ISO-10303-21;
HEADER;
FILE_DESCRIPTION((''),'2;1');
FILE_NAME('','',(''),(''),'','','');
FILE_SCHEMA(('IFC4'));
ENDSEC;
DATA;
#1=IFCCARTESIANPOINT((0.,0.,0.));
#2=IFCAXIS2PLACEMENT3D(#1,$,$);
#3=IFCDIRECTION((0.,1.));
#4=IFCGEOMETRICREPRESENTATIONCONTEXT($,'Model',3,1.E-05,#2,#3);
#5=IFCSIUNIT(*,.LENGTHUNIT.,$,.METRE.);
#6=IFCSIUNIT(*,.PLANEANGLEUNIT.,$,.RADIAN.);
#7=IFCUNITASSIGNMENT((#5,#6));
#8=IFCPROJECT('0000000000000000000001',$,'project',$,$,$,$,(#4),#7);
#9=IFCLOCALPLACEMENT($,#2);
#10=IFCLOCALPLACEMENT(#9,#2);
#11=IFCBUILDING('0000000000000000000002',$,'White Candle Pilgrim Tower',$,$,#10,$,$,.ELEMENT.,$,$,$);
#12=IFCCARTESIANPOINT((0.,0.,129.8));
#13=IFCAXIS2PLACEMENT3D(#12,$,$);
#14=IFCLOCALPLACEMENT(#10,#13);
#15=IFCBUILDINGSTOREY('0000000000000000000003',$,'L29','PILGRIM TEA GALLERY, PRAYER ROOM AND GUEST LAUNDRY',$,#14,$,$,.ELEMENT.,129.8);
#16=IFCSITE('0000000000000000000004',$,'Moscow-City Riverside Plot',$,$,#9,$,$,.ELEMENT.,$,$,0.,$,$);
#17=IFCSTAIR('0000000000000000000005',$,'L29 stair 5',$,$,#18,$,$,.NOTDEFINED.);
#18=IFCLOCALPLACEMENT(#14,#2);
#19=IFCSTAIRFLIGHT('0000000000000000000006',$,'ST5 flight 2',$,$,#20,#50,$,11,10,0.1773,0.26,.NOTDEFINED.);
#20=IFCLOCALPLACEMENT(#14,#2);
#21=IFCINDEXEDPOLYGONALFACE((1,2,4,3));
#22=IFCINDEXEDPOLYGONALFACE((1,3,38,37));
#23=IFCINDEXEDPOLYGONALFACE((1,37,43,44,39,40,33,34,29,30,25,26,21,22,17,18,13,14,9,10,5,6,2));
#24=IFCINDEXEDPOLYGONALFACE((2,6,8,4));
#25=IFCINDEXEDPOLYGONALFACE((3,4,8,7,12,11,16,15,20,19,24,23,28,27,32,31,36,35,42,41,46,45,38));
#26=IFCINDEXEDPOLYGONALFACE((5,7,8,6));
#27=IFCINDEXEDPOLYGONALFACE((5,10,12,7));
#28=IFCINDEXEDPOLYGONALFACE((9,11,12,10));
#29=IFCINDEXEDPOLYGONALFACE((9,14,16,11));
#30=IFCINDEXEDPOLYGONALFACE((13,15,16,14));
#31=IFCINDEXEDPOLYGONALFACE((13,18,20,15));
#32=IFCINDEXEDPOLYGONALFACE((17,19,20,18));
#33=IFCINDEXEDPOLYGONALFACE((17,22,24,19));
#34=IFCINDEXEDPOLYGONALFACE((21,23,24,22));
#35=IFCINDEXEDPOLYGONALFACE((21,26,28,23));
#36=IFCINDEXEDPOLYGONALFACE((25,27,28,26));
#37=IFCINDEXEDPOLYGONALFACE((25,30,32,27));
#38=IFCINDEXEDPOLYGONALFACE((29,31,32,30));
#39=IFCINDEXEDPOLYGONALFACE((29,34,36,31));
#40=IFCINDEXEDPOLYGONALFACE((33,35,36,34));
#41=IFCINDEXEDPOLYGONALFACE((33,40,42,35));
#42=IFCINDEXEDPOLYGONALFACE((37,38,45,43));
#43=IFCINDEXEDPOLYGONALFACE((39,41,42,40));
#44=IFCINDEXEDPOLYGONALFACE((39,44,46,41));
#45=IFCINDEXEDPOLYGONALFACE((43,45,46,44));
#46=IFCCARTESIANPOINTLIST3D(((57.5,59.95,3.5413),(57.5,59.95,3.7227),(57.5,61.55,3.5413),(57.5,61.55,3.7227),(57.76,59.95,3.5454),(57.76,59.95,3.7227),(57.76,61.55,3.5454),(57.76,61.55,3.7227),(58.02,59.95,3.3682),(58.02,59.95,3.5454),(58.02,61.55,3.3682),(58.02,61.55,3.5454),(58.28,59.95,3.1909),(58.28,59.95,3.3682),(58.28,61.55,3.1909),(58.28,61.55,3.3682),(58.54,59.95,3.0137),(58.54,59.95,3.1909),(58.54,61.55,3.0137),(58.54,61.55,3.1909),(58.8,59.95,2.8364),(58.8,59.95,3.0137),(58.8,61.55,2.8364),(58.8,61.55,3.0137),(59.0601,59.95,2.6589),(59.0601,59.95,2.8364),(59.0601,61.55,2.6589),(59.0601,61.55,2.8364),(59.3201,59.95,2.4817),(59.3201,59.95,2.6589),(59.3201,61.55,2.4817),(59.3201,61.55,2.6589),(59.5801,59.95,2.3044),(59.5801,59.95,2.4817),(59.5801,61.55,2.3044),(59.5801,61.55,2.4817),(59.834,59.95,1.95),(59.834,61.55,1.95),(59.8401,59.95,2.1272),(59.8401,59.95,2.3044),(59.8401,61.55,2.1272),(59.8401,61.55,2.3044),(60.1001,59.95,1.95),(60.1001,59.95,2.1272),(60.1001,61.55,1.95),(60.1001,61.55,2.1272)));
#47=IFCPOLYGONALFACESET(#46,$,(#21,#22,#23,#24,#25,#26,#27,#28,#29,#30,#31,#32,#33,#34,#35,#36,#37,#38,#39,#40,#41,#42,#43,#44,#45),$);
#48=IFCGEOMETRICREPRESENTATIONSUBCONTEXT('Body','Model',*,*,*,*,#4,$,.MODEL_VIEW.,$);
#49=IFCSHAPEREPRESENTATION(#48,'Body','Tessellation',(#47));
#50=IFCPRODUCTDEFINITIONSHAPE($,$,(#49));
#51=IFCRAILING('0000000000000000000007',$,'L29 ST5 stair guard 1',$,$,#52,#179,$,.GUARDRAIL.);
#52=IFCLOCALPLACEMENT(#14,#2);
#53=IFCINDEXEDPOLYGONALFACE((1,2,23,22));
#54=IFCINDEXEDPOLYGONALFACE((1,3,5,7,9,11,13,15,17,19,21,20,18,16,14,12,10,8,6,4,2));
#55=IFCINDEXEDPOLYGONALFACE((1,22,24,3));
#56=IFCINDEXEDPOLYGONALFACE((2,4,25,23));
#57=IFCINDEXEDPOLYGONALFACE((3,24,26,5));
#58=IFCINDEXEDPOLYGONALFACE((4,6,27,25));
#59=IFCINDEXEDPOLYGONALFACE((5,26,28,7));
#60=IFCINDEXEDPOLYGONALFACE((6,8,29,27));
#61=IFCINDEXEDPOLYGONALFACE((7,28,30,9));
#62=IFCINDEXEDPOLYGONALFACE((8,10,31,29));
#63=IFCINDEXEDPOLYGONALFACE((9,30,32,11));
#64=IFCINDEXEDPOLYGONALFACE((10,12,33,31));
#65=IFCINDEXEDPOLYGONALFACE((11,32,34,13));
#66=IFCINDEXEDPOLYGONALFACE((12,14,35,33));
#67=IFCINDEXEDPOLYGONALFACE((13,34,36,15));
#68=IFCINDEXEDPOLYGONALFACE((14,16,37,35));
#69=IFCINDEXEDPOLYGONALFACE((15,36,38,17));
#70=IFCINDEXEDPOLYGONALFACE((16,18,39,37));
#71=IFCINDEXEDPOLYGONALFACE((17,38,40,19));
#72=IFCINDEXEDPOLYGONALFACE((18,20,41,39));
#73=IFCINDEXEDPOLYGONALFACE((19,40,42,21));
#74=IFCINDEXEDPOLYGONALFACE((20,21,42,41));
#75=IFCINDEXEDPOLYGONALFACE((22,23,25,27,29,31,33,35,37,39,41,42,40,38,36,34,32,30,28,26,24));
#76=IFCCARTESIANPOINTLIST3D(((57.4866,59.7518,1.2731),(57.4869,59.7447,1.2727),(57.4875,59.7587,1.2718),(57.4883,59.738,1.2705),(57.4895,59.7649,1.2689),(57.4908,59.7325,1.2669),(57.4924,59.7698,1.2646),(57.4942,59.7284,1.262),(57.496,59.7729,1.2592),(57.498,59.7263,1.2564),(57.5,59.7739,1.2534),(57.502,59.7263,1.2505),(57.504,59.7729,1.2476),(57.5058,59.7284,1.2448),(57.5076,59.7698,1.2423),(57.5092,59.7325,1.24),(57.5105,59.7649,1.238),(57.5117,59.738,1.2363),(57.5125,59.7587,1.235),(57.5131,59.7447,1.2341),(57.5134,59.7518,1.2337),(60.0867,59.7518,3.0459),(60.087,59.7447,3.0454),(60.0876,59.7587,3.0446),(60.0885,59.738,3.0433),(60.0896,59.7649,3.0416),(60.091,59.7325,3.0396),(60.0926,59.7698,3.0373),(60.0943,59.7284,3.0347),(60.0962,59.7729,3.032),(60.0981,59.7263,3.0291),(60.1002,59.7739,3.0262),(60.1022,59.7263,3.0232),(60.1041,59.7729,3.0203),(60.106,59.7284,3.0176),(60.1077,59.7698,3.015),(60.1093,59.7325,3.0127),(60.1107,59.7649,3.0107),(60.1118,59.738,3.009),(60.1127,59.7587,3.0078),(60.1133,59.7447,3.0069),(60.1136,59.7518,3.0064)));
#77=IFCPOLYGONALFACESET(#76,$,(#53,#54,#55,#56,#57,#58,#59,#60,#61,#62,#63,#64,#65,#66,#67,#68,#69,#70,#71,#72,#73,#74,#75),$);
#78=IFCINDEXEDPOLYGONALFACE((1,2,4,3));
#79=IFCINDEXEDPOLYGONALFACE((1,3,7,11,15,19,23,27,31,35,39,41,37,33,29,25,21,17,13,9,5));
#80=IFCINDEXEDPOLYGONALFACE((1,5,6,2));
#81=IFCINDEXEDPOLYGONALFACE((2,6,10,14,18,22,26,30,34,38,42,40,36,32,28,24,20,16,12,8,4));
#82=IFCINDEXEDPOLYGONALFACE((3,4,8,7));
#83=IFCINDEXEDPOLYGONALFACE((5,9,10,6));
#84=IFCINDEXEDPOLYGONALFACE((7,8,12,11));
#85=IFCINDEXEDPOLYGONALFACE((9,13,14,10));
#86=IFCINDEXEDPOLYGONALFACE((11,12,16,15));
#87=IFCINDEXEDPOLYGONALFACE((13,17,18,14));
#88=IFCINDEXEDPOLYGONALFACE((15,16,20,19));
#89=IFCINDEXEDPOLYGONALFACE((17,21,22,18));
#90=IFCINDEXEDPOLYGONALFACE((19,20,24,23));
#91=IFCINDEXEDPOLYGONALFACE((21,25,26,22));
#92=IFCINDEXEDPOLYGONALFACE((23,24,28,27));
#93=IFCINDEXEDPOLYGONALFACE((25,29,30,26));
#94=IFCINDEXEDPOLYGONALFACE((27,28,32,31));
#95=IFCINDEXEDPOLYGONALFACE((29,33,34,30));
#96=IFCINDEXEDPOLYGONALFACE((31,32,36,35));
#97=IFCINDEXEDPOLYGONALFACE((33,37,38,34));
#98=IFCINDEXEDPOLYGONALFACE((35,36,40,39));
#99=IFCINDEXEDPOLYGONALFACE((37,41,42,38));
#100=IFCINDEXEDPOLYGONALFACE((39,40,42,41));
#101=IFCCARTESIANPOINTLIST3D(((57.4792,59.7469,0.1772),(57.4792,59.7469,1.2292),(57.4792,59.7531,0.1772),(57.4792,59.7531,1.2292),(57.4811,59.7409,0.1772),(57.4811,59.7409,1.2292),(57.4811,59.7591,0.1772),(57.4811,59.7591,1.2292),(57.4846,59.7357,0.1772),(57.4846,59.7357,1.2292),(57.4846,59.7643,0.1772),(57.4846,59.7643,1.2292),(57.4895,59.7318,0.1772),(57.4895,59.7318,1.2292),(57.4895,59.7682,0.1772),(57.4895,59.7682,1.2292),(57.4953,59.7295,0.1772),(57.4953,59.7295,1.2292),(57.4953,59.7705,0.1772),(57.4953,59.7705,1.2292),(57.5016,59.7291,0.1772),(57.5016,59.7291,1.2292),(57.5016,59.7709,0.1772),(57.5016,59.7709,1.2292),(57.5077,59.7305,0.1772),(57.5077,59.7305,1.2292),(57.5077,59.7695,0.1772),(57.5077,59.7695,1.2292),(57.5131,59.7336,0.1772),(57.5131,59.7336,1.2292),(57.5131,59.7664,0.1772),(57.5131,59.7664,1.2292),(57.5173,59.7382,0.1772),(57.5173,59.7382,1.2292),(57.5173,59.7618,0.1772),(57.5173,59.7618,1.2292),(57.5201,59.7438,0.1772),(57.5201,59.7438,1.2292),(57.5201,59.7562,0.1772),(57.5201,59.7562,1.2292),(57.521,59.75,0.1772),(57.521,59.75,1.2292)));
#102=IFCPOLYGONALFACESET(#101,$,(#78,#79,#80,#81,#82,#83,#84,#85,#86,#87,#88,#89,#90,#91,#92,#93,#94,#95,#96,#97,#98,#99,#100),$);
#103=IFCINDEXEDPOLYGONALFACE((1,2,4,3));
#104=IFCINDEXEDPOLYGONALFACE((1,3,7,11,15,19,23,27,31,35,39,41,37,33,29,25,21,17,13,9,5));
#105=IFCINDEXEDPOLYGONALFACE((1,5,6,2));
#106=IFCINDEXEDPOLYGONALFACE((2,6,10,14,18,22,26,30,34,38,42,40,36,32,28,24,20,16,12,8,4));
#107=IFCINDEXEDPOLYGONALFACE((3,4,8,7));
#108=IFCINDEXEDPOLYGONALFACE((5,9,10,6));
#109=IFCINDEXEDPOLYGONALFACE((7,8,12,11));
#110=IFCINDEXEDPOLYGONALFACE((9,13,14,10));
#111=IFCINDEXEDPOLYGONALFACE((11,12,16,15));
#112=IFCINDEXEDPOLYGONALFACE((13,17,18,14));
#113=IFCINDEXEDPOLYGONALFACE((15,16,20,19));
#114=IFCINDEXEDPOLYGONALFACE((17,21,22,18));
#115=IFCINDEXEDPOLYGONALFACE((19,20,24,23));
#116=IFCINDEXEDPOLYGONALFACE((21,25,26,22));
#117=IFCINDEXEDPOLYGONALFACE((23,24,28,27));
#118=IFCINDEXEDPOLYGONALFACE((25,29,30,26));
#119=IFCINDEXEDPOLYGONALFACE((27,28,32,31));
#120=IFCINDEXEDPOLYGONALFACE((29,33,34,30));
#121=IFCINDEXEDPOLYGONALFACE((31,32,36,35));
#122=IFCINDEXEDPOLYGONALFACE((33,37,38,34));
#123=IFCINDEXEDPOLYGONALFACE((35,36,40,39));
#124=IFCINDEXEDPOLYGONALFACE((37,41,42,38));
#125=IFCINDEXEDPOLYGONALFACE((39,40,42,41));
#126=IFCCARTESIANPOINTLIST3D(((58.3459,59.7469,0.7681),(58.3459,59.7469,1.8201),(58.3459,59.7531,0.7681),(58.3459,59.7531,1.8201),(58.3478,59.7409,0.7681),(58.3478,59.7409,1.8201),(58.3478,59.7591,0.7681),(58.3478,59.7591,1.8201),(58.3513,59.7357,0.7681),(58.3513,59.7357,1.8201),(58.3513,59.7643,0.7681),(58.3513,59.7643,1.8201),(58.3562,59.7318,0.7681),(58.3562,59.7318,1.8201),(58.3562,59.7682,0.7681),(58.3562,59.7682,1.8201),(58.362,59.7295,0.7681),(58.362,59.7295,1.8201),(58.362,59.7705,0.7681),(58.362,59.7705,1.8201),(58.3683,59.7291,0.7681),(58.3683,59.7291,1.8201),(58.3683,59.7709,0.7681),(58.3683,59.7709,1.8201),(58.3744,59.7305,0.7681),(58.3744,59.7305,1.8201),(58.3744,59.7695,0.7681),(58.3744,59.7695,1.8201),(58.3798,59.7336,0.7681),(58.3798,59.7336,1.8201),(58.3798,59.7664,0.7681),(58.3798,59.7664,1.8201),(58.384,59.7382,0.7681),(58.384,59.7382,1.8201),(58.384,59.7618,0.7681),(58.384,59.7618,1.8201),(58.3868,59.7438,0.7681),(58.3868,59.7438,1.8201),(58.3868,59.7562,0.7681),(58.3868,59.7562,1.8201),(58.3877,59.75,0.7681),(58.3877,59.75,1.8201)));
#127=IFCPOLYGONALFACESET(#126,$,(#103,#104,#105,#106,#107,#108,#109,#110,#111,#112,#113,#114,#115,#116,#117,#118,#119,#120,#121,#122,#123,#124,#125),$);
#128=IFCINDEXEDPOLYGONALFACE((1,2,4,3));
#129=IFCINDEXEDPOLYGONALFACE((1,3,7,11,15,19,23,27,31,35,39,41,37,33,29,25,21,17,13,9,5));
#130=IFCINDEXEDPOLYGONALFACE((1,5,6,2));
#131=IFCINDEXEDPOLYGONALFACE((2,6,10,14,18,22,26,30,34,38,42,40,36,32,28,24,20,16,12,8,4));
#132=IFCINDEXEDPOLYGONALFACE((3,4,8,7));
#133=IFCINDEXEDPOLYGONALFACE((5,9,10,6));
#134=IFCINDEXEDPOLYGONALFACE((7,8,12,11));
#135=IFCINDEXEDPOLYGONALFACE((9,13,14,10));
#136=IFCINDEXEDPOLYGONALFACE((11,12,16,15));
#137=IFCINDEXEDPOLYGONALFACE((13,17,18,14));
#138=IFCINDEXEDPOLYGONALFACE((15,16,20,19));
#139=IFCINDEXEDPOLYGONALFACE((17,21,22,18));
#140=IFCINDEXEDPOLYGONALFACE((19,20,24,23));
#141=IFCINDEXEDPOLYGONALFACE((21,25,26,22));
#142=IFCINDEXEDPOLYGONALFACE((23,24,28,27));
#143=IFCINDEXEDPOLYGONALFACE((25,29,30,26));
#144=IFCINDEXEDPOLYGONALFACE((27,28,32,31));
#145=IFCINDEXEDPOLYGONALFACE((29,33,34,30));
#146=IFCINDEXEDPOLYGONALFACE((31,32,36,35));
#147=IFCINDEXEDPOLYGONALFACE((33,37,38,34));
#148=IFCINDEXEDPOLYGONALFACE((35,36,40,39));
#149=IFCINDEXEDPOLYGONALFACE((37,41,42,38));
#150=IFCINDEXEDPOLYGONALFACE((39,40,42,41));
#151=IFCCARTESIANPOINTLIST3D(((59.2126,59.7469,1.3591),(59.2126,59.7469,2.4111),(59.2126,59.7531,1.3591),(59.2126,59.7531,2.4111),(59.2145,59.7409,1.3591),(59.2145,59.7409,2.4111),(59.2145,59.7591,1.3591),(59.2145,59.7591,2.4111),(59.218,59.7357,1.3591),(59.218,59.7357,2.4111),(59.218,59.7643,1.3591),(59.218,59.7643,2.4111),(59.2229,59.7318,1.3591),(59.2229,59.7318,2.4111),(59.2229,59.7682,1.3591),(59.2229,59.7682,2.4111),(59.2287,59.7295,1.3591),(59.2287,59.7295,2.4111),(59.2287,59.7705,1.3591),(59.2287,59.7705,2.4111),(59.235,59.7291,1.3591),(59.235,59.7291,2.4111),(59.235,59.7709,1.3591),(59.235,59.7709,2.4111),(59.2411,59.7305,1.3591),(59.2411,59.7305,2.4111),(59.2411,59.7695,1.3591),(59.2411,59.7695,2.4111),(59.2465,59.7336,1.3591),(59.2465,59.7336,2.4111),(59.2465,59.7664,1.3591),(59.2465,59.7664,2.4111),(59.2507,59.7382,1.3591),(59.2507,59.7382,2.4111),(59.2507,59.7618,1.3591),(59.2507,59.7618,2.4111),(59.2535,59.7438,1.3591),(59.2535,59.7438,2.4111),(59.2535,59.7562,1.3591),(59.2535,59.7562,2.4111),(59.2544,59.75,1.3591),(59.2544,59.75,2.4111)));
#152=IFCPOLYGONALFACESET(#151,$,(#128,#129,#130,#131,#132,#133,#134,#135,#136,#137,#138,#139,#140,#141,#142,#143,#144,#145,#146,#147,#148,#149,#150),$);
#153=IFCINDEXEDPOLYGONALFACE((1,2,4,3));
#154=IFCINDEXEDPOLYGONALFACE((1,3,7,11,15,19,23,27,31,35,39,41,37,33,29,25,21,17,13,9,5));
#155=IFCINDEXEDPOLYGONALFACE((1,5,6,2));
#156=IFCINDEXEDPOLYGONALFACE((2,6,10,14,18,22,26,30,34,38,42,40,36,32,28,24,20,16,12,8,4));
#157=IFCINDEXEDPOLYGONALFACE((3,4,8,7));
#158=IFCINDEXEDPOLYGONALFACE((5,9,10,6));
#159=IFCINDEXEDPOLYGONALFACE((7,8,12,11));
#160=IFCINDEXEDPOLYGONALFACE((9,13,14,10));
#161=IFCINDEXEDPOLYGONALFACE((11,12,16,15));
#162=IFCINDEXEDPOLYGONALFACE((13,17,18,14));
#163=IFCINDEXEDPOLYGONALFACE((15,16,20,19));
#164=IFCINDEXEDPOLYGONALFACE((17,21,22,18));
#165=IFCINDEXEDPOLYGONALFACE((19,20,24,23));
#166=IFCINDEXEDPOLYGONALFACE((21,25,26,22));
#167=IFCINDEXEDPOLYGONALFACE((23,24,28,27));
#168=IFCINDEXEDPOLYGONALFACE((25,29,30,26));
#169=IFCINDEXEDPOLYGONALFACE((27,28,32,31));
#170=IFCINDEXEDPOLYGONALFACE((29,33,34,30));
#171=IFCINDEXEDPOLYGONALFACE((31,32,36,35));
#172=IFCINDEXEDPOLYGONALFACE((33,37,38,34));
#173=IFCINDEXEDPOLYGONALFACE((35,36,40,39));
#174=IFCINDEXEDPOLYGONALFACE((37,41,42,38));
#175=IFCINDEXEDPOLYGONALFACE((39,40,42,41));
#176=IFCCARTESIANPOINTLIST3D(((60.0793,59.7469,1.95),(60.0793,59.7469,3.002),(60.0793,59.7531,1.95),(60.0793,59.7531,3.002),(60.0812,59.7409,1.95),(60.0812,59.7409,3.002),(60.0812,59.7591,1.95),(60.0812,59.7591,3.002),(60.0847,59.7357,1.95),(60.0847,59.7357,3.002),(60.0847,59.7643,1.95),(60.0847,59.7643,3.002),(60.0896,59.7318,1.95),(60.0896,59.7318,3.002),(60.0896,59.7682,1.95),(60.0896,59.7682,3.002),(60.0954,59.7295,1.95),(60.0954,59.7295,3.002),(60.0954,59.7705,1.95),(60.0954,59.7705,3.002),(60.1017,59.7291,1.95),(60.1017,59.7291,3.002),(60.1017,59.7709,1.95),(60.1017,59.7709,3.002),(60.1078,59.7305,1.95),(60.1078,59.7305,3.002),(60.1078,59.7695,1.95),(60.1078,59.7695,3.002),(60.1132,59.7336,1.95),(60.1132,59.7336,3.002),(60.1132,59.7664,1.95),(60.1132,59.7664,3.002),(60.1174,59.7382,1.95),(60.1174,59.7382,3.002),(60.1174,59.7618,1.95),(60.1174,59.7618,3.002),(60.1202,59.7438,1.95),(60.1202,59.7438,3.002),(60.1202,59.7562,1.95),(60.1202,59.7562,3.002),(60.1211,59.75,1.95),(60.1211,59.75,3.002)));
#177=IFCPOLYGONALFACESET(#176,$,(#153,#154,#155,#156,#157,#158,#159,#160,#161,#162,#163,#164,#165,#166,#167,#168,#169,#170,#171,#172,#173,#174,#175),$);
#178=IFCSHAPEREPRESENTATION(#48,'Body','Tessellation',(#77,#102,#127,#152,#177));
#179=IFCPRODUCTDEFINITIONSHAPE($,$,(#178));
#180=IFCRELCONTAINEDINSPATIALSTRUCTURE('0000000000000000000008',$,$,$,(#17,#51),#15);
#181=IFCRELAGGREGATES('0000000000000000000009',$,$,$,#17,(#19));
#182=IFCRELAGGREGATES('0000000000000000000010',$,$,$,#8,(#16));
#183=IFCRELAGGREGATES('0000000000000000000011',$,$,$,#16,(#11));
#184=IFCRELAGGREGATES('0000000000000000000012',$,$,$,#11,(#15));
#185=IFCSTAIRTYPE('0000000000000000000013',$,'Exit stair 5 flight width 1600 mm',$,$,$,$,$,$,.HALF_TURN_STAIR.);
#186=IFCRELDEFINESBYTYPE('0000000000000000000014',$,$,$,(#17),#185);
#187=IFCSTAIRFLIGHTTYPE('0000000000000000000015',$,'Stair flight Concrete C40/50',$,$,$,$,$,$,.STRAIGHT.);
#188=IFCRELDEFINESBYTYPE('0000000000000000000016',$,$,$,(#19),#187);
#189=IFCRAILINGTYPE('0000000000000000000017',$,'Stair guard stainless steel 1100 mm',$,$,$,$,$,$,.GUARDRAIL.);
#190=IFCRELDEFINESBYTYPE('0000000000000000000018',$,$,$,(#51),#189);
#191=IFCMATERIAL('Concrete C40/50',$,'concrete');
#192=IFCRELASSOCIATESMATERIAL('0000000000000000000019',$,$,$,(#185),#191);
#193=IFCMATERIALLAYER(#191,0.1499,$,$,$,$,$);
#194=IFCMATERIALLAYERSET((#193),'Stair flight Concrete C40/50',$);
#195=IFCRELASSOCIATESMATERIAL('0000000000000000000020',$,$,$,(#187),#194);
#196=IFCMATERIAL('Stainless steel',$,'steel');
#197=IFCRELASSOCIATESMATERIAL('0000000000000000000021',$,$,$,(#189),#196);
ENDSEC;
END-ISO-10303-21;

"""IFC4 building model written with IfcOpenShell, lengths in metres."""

from ifc_helpers import new_model, si_unit, direction, frame, origin, origin_2d, place, context, subcontext, project, spatial, polyline, circle, outline, extrude, material, layer, layer_set, type_object, element, aggregate, save


model = new_model("IFC4")

# Units and contexts
model_context = context("Model", 3, precision=1e-05, world=origin(), true_north=direction((0.0, 1.0)))
body_context = subcontext(model_context, "Body", "Model", "MODEL_VIEW")
ifc_project = project(units=[si_unit("LENGTHUNIT", "METRE"), si_unit("PLANEANGLEUNIT", "RADIAN")], contexts=[model_context])

# Site, building, storey
site_placement = place(None, origin())
site = spatial("IfcSite", under=ifc_project, at=site_placement, Name="Moscow-City Riverside Plot", CompositionType="ELEMENT", RefElevation=0.0)
building_placement = place(site_placement, origin())
building = spatial("IfcBuilding", under=site, at=building_placement, Name="White Candle Pilgrim Tower", CompositionType="ELEMENT")
storey_placement = place(building_placement, frame((0.0, 0.0, 129.8)))
storey = spatial("IfcBuildingStorey", under=building, at=storey_placement, Name="L29", Description="PILGRIM TEA GALLERY, PRAYER ROOM AND GUEST LAUNDRY", CompositionType="ELEMENT", Elevation=129.8)

# Stair, stair flight
ifc_material_1 = material(Name="Concrete C40/50", Category="concrete")
stair_type = type_object("IfcStairType", Name="Exit stair 5 flight width 1600 mm", PredefinedType="HALF_TURN_STAIR", material=ifc_material_1)
stair_placement = place(storey_placement, origin())
stair = element("IfcStair", 1, at=stair_placement, inside=storey, type_object=stair_type, Name="L29 stair 5", PredefinedType="NOTDEFINED")
ifc_layer_1 = layer(ifc_material_1, 0.1499)
ifc_layer_set_1 = layer_set([ifc_layer_1], Name="Stair flight Concrete C40/50")
stair_flight_type = type_object("IfcStairFlightType", Name="Stair flight Concrete C40/50", PredefinedType="STRAIGHT", material=ifc_layer_set_1)
stair_flight_1_placement = place(storey_placement, frame((60.1001, 60.75, 1.95), z_axis=(0.0, 0.0, 1.0), x_axis=(-1.0, 0.0, 0.0)))
stair_flight_1 = element("IfcStairFlight", 2, at=stair_flight_1_placement, type_object=stair_flight_type, Name="ST5 flight 2", NumberOfRisers=11, NumberOfTreads=10, PredefinedType="NOTDEFINED", RiserHeight=0.1773, TreadLength=0.26, context=body_context, shape_type="SweptSolid", body=[
    extrude(outline(polyline([(0.0, 0.0), (0.0, 0.1772), (0.26, 0.1772), (0.26, 0.3545), (0.52, 0.3545), (0.52, 0.5317), (0.78, 0.5317), (0.78, 0.709), (1.04, 0.709), (1.04, 0.8865), (1.3, 0.8865), (1.3, 1.0637), (1.5601, 1.0637), (1.5601, 1.241), (1.8201, 1.241), (1.8201, 1.4182), (2.0801, 1.4182), (2.0801, 1.5955), (2.3401, 1.5955), (2.3401, 1.7727), (2.6001, 1.7727), (2.6001, 1.95), (2.6001, 1.5913), (0.2661, 0.0), (0.0, 0.0)])), frame((0.0, 0.8, 0.0), z_axis=(0.0, -1.0, 0.0), x_axis=(1.0, 0.0, 0.0)), (0.0, 0.0, 1.0), 1.6001),
])
aggregate(stair, [stair_flight_1])

# Railing
ifc_material_2 = material(Name="Stainless steel", Category="steel")
railing_type_1 = type_object("IfcRailingType", Name="Stair guard stainless steel 1100 mm", PredefinedType="GUARDRAIL", material=ifc_material_2)
railing_1_placement = place(storey_placement, frame((57.5, 59.75, 0.1772)))
element("IfcRailing", 3, at=railing_1_placement, inside=storey, type_object=railing_type_1, Name="L29 ST5 stair guard 1", PredefinedType="GUARDRAIL", context=body_context, shape_type="SweptSolid", body=[
    extrude(circle(Radius=0.0239, at=origin_2d()), frame((0.0, 0.0, 1.0762), z_axis=(0.82624, 0.0, 0.563318), x_axis=(0.0, 1.0, 0.0)), (0.0, 0.0, 1.0), 3.147),
    extrude(circle(Radius=0.021, at=origin_2d()), origin(), (0.0, 0.0, 1.0), 1.052),
    extrude(circle(Radius=0.021, at=origin_2d()), frame((0.8667, 0.0, 0.5908)), (0.0, 0.0, 1.0), 1.052),
    extrude(circle(Radius=0.021, at=origin_2d()), frame((1.7334, 0.0, 1.1819)), (0.0, 0.0, 1.0), 1.052),
    extrude(circle(Radius=0.021, at=origin_2d()), frame((2.6001, 0.0, 1.7727)), (0.0, 0.0, 1.0), 1.052),
])

save(model, "model.ifc")
